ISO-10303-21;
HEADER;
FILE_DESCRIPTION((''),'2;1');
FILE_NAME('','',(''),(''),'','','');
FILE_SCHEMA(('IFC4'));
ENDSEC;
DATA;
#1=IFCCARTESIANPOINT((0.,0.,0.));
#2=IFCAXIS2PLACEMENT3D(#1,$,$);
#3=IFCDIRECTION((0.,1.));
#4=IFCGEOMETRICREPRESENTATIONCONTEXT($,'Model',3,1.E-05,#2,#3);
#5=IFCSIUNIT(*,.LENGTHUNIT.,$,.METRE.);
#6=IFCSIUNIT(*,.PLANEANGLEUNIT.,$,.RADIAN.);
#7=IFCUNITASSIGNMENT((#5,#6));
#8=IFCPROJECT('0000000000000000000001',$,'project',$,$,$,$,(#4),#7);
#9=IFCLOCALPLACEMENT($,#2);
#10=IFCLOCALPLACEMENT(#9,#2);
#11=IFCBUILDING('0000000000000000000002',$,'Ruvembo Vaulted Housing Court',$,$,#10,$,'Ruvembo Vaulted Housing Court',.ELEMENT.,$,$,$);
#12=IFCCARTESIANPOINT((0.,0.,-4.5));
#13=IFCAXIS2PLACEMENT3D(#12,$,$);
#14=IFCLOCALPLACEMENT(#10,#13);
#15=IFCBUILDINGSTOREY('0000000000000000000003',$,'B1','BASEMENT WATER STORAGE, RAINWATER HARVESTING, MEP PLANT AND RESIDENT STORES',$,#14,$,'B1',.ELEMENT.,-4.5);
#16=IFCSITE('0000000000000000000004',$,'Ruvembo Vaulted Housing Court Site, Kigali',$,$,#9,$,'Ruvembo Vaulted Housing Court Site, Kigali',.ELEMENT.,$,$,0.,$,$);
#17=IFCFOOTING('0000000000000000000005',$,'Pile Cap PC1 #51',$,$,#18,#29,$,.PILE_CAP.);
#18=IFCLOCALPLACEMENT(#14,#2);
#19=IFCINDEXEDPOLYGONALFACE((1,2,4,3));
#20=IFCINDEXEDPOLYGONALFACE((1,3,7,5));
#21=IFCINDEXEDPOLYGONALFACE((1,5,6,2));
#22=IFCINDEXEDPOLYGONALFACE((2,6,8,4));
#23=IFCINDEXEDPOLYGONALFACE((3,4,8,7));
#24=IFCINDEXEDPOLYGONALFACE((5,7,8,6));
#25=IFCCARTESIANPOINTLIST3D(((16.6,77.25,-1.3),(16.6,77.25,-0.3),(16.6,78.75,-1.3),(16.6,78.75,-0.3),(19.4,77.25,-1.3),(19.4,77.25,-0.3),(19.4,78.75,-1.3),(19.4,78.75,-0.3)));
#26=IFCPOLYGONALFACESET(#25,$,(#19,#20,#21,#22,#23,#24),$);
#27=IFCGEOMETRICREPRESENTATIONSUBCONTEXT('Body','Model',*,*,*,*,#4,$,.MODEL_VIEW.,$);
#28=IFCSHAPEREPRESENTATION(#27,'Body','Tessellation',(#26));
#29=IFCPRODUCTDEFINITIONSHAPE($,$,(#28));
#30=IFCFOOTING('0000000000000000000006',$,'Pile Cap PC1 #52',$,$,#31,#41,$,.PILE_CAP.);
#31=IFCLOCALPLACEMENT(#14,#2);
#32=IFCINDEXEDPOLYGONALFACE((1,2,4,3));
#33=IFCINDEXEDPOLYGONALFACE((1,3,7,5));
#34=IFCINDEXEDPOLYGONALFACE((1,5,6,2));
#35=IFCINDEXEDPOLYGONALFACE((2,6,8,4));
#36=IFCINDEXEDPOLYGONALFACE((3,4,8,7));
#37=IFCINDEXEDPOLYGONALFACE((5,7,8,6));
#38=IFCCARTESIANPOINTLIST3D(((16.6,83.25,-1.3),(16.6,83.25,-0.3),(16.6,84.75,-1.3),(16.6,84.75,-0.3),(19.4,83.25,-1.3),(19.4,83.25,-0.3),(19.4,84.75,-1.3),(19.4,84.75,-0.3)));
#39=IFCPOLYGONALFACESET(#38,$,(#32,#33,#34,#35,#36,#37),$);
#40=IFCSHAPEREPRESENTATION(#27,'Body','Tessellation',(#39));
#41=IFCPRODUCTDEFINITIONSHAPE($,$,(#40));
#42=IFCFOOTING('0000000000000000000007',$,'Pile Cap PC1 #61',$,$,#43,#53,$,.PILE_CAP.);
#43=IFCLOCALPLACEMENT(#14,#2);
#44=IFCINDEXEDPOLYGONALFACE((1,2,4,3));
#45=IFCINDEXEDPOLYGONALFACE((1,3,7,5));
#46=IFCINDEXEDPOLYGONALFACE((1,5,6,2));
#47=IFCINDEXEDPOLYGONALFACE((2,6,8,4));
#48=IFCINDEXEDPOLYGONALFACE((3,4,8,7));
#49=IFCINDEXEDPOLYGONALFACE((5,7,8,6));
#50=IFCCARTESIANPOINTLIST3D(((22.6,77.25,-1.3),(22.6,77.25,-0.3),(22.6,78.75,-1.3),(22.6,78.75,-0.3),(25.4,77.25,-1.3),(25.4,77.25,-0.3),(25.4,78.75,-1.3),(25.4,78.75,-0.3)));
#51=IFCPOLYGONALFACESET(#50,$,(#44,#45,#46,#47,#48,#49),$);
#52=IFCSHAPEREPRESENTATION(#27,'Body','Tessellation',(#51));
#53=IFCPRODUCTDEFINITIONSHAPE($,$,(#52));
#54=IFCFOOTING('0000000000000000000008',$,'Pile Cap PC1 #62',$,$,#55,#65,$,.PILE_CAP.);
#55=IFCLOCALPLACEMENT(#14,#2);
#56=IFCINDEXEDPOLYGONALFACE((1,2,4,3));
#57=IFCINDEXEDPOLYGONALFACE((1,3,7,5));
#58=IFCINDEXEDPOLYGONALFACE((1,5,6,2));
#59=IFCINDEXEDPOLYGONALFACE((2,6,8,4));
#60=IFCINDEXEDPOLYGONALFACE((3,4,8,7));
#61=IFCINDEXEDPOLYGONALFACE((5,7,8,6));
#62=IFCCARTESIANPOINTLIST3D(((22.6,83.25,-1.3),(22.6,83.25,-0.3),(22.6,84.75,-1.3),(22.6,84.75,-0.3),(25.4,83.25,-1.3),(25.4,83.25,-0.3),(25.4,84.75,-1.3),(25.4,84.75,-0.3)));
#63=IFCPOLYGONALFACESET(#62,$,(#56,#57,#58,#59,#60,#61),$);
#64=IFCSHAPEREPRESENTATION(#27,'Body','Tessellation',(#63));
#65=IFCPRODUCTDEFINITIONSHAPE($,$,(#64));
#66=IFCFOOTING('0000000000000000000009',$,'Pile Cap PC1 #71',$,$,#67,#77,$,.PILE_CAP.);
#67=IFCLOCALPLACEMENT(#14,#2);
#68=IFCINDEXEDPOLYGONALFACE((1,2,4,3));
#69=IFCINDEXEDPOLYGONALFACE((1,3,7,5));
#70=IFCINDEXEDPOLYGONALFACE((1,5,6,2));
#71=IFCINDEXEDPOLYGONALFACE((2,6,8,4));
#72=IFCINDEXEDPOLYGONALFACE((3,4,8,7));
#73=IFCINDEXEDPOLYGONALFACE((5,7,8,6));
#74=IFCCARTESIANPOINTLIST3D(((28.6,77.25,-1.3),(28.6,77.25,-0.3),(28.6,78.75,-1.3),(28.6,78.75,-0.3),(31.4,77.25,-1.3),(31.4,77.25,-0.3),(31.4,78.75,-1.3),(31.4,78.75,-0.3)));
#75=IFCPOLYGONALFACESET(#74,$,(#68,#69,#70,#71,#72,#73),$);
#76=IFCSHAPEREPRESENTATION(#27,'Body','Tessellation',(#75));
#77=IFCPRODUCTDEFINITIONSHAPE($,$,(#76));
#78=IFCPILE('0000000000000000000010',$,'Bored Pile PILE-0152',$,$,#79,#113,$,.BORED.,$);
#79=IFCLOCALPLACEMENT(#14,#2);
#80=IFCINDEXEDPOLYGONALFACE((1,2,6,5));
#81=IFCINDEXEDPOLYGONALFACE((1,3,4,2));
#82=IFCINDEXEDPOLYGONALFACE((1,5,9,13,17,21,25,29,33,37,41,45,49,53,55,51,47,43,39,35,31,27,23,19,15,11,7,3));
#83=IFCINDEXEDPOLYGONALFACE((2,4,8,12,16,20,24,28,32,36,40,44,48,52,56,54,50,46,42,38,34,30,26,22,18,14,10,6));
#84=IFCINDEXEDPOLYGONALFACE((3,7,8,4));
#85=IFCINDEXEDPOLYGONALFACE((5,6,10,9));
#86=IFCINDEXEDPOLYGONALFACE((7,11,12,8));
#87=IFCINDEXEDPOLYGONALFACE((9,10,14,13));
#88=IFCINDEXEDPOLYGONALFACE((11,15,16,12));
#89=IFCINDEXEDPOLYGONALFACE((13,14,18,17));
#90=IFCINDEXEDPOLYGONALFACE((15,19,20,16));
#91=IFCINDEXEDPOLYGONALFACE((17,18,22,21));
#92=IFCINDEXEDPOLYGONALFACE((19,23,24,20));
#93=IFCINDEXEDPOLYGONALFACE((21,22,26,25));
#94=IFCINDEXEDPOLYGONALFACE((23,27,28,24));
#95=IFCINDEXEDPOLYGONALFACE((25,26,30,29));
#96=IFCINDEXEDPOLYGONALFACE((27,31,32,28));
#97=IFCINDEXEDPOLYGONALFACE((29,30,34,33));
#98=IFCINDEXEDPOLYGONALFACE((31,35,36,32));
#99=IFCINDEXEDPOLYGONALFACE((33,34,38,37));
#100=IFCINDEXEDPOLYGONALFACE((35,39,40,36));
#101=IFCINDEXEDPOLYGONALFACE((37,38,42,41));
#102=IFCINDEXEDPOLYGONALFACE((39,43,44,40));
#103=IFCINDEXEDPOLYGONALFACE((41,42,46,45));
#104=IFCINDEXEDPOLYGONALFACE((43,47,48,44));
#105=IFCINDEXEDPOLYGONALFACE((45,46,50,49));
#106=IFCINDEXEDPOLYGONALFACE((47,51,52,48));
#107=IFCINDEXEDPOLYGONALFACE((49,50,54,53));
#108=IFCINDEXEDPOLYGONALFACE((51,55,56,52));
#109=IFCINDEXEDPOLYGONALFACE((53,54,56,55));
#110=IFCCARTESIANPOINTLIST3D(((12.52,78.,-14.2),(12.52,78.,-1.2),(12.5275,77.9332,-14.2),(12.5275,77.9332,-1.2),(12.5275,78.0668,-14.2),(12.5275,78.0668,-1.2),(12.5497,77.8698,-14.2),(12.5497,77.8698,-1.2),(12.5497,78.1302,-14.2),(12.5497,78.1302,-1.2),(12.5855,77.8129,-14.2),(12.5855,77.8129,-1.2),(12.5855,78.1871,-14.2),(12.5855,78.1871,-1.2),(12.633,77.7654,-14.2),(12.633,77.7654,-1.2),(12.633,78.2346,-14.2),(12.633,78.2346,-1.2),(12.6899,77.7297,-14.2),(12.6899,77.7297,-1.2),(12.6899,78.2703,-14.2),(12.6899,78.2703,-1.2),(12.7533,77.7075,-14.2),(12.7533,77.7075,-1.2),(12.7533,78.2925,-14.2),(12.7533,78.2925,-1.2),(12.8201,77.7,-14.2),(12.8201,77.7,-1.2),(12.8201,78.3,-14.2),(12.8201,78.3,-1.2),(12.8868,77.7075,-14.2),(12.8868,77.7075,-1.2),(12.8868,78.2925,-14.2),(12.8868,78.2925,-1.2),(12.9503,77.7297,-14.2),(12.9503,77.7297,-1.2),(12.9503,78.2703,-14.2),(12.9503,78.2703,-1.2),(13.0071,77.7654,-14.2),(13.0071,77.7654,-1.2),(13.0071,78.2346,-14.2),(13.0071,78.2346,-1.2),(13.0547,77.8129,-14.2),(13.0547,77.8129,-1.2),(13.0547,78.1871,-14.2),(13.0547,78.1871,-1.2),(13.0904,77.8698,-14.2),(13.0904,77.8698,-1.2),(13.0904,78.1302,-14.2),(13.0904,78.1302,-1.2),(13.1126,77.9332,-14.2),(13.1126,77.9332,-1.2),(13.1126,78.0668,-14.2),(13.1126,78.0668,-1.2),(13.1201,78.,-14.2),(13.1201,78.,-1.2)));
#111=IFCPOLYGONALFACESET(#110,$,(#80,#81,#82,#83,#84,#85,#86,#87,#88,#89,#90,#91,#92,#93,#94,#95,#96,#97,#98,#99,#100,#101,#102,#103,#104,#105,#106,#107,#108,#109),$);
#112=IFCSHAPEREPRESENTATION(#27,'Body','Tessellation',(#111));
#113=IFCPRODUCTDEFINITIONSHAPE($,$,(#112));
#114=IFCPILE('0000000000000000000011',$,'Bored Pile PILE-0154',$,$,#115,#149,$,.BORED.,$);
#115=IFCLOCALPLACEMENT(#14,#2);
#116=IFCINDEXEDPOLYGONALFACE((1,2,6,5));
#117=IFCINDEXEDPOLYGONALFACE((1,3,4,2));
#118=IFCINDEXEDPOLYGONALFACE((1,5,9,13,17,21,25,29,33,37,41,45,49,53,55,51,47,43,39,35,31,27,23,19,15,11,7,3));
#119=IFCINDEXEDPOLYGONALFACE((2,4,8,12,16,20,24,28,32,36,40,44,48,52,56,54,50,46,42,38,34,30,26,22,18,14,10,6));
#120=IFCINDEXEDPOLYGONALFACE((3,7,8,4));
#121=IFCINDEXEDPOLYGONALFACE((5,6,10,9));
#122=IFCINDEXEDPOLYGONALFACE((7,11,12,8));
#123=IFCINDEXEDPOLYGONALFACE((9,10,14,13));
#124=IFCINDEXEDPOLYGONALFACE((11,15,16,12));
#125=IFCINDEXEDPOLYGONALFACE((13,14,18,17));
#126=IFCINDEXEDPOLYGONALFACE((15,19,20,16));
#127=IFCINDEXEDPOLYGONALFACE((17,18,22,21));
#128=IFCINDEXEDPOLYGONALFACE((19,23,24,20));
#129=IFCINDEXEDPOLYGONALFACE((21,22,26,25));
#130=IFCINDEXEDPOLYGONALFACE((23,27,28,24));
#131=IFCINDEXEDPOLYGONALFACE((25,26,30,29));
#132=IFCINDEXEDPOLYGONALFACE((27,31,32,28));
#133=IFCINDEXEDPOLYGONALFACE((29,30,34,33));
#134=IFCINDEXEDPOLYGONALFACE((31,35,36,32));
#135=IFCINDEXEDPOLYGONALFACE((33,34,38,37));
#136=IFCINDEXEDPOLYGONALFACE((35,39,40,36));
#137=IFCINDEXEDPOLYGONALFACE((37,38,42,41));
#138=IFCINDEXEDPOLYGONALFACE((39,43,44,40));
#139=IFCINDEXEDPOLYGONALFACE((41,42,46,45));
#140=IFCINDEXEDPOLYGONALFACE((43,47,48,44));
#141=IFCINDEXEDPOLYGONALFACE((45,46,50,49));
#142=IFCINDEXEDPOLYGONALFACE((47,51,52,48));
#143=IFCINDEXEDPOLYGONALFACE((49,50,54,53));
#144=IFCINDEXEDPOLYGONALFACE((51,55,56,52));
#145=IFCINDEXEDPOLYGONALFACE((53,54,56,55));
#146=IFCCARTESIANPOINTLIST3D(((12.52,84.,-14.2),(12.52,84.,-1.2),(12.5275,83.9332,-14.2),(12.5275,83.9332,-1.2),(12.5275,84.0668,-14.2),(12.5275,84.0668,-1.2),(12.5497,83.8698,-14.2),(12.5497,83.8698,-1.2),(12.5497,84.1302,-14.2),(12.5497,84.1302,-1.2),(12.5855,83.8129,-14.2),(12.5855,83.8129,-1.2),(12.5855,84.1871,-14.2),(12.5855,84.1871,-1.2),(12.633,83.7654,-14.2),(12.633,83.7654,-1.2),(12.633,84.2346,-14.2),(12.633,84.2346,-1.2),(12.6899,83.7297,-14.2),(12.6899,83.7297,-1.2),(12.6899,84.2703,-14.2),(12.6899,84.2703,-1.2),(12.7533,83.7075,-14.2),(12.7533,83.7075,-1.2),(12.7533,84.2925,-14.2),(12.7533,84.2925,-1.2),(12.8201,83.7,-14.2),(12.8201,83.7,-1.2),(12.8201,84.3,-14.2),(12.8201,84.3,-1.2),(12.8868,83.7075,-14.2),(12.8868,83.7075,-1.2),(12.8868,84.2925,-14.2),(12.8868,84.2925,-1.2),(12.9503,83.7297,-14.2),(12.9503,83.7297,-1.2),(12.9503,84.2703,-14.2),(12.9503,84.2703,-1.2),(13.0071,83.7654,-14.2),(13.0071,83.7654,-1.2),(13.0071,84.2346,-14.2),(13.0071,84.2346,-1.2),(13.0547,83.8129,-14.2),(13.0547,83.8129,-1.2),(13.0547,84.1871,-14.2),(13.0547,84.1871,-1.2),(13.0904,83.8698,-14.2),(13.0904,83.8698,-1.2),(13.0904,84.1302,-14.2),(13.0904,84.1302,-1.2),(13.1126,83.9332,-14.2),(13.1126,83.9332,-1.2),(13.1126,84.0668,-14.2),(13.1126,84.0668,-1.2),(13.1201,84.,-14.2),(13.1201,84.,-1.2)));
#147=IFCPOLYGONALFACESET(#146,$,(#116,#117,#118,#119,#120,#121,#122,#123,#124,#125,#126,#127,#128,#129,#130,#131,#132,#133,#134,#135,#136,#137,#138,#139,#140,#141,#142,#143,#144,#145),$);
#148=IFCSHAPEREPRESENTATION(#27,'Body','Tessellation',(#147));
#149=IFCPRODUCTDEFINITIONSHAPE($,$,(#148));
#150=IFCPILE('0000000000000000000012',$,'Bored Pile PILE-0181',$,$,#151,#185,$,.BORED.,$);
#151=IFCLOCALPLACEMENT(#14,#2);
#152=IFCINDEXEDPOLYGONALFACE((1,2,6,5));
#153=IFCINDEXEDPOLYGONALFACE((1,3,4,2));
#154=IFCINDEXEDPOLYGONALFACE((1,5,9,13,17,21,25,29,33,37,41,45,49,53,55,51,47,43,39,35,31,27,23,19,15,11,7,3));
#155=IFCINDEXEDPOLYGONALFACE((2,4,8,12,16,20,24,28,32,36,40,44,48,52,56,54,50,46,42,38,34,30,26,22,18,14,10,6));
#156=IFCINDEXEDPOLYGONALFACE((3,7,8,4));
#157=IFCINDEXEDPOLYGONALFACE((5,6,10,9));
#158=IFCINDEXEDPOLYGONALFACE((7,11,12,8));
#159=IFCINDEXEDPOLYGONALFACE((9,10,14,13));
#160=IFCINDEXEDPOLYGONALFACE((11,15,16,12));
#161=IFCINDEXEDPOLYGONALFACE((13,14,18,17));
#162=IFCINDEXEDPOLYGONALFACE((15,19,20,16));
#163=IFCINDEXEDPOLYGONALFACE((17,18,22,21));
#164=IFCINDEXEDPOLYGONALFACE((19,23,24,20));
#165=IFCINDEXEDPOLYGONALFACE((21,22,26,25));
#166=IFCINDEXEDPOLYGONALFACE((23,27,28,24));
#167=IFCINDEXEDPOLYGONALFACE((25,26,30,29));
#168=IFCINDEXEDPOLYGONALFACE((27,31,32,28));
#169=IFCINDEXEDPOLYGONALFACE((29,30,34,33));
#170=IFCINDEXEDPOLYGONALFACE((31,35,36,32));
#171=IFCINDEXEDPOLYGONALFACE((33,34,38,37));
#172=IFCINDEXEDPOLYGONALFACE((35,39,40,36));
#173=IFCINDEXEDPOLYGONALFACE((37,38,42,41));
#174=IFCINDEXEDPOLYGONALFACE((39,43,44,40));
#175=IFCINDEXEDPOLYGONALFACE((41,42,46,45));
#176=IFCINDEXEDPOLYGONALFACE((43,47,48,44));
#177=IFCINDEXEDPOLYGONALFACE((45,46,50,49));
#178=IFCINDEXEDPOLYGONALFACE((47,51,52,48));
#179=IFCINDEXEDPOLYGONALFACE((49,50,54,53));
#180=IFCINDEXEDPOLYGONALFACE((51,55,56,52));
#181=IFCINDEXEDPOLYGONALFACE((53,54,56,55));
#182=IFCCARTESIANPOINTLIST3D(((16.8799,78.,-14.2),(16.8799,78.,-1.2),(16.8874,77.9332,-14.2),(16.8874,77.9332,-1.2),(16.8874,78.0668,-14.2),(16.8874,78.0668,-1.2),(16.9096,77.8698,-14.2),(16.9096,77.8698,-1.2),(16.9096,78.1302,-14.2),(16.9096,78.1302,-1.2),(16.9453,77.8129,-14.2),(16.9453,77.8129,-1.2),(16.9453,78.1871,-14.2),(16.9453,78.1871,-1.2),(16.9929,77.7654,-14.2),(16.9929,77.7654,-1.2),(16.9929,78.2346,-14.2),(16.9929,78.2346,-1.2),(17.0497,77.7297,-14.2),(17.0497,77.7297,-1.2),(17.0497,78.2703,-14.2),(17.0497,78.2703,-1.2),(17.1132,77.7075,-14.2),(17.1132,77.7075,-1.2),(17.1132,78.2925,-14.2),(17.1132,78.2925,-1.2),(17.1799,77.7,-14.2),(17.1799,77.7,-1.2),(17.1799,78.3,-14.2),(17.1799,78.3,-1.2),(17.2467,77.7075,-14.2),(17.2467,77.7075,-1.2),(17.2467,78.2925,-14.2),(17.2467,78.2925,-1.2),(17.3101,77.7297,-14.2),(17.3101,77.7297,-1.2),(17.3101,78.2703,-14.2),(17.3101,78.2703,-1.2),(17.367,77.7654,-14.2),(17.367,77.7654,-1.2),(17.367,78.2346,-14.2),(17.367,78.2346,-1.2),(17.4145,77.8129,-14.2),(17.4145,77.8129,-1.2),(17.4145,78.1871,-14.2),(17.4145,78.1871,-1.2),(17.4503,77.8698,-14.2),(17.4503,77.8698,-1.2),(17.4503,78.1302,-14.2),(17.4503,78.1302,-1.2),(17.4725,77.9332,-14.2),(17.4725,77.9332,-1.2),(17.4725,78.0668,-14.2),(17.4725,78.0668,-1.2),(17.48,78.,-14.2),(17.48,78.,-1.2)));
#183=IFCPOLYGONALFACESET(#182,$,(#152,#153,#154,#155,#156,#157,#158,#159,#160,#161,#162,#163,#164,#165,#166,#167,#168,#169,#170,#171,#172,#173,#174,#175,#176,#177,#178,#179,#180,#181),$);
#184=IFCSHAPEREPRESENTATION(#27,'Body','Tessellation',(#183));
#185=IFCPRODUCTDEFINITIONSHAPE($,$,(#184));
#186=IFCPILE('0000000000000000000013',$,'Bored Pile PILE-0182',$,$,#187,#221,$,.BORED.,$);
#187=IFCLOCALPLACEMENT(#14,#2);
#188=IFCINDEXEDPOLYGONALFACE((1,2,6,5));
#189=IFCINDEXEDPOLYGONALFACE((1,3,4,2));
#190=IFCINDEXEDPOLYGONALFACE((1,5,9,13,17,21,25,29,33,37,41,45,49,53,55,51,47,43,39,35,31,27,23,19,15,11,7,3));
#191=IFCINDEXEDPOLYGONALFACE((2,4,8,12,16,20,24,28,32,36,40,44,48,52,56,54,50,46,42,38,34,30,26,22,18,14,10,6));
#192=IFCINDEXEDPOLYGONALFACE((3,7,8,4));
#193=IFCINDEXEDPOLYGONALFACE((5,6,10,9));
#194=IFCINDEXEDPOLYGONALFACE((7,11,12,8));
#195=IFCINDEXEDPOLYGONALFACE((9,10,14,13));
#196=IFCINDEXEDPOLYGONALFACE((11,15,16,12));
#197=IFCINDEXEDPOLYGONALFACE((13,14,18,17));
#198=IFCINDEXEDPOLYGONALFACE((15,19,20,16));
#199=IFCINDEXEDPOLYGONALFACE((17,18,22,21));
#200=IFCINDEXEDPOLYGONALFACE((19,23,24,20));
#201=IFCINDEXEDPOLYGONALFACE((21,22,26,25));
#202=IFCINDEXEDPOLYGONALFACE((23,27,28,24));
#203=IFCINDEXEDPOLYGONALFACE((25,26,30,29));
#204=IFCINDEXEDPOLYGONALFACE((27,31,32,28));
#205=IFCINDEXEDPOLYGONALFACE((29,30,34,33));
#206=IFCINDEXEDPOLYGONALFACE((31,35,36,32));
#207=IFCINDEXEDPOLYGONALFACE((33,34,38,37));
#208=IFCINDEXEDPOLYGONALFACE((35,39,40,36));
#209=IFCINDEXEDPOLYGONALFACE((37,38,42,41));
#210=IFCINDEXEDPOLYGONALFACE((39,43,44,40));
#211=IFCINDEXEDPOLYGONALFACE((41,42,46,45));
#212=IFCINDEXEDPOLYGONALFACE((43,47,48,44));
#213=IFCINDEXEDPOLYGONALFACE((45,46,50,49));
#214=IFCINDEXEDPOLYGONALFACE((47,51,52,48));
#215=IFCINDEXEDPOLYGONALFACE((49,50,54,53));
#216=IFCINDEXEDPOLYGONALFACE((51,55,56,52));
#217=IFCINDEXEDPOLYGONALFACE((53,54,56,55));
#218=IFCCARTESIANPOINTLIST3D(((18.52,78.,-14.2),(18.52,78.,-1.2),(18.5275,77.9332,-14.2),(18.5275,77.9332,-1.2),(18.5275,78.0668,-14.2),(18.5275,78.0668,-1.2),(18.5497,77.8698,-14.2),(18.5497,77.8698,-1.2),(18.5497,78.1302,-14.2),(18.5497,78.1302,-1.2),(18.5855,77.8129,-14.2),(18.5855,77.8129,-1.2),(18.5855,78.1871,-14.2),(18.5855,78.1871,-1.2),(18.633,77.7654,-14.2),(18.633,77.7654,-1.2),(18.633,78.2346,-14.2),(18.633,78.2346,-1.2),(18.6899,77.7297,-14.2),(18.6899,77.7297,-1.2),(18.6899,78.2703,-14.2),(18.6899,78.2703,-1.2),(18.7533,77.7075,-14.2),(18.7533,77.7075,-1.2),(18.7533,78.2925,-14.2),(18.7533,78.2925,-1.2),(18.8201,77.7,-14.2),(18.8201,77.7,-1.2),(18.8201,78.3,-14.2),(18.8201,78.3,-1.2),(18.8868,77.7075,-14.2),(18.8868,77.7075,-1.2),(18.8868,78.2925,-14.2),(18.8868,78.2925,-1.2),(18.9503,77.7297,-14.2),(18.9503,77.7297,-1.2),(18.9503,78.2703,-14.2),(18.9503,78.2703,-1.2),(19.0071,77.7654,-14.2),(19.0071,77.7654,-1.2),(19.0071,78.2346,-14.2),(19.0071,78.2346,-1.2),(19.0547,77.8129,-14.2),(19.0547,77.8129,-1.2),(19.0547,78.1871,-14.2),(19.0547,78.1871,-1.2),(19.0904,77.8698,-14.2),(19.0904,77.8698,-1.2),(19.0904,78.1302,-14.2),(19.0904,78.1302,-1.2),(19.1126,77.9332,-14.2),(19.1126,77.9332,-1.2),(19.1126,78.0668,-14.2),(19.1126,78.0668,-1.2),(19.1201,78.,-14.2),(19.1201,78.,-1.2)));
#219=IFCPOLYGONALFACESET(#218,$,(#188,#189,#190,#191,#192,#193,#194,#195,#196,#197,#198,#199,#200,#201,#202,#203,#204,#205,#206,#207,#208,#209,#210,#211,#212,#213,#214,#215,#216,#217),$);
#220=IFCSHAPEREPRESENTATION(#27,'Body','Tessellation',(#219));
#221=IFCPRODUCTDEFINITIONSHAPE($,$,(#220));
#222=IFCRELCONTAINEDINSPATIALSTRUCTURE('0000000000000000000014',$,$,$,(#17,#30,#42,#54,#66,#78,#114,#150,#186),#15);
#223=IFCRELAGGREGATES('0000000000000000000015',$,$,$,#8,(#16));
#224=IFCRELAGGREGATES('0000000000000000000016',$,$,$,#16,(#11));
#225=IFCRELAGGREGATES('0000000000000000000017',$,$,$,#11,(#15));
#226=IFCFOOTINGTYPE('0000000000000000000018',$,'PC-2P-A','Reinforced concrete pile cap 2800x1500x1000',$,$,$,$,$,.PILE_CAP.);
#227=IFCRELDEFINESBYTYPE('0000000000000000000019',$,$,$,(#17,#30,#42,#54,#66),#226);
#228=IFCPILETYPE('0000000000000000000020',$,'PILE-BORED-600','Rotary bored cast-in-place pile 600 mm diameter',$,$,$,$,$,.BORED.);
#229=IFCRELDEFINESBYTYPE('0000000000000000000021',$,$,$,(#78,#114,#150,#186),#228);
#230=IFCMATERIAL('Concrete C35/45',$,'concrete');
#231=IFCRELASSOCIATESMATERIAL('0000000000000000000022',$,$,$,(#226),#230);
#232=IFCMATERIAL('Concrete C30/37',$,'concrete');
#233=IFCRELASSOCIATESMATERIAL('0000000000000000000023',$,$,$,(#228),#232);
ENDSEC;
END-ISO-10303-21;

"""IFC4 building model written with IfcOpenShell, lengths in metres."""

from ifc_helpers import new_model, si_unit, direction, frame, origin, origin_2d, place, context, subcontext, project, spatial, rectangle, circle, extrude, material, material_profile, profile_set, type_object, element, save


model = new_model("IFC4")

# Units and contexts
model_context = context("Model", 3, precision=1e-05, world=origin(), true_north=direction((0.0, 1.0)))
body_context = subcontext(model_context, "Body", "Model", "MODEL_VIEW")
ifc_project = project(units=[si_unit("LENGTHUNIT", "METRE"), si_unit("PLANEANGLEUNIT", "RADIAN")], contexts=[model_context])

# Site, building, storey
site_placement = place(None, origin())
site = spatial("IfcSite", under=ifc_project, at=site_placement, Name="Ruvembo Vaulted Housing Court Site, Kigali", LongName="Ruvembo Vaulted Housing Court Site, Kigali", CompositionType="ELEMENT", RefElevation=0.0)
building_placement = place(site_placement, origin())
building = spatial("IfcBuilding", under=site, at=building_placement, Name="Ruvembo Vaulted Housing Court", LongName="Ruvembo Vaulted Housing Court", CompositionType="ELEMENT")
storey_placement = place(building_placement, frame((0.0, 0.0, -4.5)))
storey = spatial("IfcBuildingStorey", under=building, at=storey_placement, Name="B1", Description="BASEMENT WATER STORAGE, RAINWATER HARVESTING, MEP PLANT AND RESIDENT STORES", LongName="B1", CompositionType="ELEMENT", Elevation=-4.5)

# Footings
ifc_material_1 = material(Name="Concrete C35/45", Category="concrete")
footing_type = type_object("IfcFootingType", Name="PC-2P-A", Description="Reinforced concrete pile cap 2800x1500x1000", PredefinedType="PILE_CAP", material=ifc_material_1)
for number, where, z_axis, x_axis, name in (
    (1, (18.0, 78.0, -1.3), (0.0, 0.0, 1.0), (1.0, 0.0, 0.0), "Pile Cap PC1 #51"),
    (2, (18.0, 84.0, -1.3), (0.0, 0.0, 1.0), (1.0, 0.0, 0.0), "Pile Cap PC1 #52"),
    (3, (24.0, 78.0, -1.3), (0.0, 0.0, 1.0), (1.0, 0.0, 0.0), "Pile Cap PC1 #61"),
    (4, (24.0, 84.0, -1.3), (0.0, 0.0, 1.0), (1.0, 0.0, 0.0), "Pile Cap PC1 #62"),
    (5, (30.0, 78.0, -1.3), (0.0, 0.0, 1.0), (1.0, 0.0, 0.0), "Pile Cap PC1 #71"),
):
    element("IfcFooting", number, at=place(storey_placement, frame(where, z_axis=z_axis, x_axis=x_axis)), inside=storey, type_object=footing_type, Name=name, PredefinedType="PILE_CAP", context=body_context, shape_type="SweptSolid", body=[
        extrude(rectangle(XDim=2.8, YDim=1.5, at=origin_2d()), origin(), (0.0, 0.0, 1.0), 1.0),
    ])

# Piles
ifc_material_2 = material(Name="Concrete C30/37", Category="concrete")
ifc_material_profile_1 = material_profile(ifc_material_2, circle(Radius=0.3, at=origin_2d()), Name="PILE D600")
ifc_profile_set_1 = profile_set([ifc_material_profile_1], Name="Concrete C30/37")
pile_type = type_object("IfcPileType", Name="PILE-BORED-600", Description="Rotary bored cast-in-place pile 600 mm diameter", PredefinedType="BORED", material=ifc_profile_set_1)
for number, where, z_axis, x_axis, name in (
    (6, (12.8201, 78.0, -1.2), (0.0, 0.0, -1.0), (1.0, 0.0, 0.0), "Bored Pile PILE-0152"),
    (7, (12.8201, 84.0, -1.2), (0.0, 0.0, -1.0), (1.0, 0.0, 0.0), "Bored Pile PILE-0154"),
    (8, (17.1799, 78.0, -1.2), (0.0, 0.0, -1.0), (1.0, 0.0, 0.0), "Bored Pile PILE-0181"),
    (9, (18.8201, 78.0, -1.2), (0.0, 0.0, -1.0), (1.0, 0.0, 0.0), "Bored Pile PILE-0182"),
):
    element("IfcPile", number, at=place(storey_placement, frame(where, z_axis=z_axis, x_axis=x_axis)), inside=storey, type_object=pile_type, Name=name, PredefinedType="BORED", context=body_context, shape_type="SweptSolid", body=[
        extrude(circle(Radius=0.3, at=origin_2d()), origin(), (0.0, 0.0, 1.0), 13.0),
    ])

save(model, "model.ifc")
